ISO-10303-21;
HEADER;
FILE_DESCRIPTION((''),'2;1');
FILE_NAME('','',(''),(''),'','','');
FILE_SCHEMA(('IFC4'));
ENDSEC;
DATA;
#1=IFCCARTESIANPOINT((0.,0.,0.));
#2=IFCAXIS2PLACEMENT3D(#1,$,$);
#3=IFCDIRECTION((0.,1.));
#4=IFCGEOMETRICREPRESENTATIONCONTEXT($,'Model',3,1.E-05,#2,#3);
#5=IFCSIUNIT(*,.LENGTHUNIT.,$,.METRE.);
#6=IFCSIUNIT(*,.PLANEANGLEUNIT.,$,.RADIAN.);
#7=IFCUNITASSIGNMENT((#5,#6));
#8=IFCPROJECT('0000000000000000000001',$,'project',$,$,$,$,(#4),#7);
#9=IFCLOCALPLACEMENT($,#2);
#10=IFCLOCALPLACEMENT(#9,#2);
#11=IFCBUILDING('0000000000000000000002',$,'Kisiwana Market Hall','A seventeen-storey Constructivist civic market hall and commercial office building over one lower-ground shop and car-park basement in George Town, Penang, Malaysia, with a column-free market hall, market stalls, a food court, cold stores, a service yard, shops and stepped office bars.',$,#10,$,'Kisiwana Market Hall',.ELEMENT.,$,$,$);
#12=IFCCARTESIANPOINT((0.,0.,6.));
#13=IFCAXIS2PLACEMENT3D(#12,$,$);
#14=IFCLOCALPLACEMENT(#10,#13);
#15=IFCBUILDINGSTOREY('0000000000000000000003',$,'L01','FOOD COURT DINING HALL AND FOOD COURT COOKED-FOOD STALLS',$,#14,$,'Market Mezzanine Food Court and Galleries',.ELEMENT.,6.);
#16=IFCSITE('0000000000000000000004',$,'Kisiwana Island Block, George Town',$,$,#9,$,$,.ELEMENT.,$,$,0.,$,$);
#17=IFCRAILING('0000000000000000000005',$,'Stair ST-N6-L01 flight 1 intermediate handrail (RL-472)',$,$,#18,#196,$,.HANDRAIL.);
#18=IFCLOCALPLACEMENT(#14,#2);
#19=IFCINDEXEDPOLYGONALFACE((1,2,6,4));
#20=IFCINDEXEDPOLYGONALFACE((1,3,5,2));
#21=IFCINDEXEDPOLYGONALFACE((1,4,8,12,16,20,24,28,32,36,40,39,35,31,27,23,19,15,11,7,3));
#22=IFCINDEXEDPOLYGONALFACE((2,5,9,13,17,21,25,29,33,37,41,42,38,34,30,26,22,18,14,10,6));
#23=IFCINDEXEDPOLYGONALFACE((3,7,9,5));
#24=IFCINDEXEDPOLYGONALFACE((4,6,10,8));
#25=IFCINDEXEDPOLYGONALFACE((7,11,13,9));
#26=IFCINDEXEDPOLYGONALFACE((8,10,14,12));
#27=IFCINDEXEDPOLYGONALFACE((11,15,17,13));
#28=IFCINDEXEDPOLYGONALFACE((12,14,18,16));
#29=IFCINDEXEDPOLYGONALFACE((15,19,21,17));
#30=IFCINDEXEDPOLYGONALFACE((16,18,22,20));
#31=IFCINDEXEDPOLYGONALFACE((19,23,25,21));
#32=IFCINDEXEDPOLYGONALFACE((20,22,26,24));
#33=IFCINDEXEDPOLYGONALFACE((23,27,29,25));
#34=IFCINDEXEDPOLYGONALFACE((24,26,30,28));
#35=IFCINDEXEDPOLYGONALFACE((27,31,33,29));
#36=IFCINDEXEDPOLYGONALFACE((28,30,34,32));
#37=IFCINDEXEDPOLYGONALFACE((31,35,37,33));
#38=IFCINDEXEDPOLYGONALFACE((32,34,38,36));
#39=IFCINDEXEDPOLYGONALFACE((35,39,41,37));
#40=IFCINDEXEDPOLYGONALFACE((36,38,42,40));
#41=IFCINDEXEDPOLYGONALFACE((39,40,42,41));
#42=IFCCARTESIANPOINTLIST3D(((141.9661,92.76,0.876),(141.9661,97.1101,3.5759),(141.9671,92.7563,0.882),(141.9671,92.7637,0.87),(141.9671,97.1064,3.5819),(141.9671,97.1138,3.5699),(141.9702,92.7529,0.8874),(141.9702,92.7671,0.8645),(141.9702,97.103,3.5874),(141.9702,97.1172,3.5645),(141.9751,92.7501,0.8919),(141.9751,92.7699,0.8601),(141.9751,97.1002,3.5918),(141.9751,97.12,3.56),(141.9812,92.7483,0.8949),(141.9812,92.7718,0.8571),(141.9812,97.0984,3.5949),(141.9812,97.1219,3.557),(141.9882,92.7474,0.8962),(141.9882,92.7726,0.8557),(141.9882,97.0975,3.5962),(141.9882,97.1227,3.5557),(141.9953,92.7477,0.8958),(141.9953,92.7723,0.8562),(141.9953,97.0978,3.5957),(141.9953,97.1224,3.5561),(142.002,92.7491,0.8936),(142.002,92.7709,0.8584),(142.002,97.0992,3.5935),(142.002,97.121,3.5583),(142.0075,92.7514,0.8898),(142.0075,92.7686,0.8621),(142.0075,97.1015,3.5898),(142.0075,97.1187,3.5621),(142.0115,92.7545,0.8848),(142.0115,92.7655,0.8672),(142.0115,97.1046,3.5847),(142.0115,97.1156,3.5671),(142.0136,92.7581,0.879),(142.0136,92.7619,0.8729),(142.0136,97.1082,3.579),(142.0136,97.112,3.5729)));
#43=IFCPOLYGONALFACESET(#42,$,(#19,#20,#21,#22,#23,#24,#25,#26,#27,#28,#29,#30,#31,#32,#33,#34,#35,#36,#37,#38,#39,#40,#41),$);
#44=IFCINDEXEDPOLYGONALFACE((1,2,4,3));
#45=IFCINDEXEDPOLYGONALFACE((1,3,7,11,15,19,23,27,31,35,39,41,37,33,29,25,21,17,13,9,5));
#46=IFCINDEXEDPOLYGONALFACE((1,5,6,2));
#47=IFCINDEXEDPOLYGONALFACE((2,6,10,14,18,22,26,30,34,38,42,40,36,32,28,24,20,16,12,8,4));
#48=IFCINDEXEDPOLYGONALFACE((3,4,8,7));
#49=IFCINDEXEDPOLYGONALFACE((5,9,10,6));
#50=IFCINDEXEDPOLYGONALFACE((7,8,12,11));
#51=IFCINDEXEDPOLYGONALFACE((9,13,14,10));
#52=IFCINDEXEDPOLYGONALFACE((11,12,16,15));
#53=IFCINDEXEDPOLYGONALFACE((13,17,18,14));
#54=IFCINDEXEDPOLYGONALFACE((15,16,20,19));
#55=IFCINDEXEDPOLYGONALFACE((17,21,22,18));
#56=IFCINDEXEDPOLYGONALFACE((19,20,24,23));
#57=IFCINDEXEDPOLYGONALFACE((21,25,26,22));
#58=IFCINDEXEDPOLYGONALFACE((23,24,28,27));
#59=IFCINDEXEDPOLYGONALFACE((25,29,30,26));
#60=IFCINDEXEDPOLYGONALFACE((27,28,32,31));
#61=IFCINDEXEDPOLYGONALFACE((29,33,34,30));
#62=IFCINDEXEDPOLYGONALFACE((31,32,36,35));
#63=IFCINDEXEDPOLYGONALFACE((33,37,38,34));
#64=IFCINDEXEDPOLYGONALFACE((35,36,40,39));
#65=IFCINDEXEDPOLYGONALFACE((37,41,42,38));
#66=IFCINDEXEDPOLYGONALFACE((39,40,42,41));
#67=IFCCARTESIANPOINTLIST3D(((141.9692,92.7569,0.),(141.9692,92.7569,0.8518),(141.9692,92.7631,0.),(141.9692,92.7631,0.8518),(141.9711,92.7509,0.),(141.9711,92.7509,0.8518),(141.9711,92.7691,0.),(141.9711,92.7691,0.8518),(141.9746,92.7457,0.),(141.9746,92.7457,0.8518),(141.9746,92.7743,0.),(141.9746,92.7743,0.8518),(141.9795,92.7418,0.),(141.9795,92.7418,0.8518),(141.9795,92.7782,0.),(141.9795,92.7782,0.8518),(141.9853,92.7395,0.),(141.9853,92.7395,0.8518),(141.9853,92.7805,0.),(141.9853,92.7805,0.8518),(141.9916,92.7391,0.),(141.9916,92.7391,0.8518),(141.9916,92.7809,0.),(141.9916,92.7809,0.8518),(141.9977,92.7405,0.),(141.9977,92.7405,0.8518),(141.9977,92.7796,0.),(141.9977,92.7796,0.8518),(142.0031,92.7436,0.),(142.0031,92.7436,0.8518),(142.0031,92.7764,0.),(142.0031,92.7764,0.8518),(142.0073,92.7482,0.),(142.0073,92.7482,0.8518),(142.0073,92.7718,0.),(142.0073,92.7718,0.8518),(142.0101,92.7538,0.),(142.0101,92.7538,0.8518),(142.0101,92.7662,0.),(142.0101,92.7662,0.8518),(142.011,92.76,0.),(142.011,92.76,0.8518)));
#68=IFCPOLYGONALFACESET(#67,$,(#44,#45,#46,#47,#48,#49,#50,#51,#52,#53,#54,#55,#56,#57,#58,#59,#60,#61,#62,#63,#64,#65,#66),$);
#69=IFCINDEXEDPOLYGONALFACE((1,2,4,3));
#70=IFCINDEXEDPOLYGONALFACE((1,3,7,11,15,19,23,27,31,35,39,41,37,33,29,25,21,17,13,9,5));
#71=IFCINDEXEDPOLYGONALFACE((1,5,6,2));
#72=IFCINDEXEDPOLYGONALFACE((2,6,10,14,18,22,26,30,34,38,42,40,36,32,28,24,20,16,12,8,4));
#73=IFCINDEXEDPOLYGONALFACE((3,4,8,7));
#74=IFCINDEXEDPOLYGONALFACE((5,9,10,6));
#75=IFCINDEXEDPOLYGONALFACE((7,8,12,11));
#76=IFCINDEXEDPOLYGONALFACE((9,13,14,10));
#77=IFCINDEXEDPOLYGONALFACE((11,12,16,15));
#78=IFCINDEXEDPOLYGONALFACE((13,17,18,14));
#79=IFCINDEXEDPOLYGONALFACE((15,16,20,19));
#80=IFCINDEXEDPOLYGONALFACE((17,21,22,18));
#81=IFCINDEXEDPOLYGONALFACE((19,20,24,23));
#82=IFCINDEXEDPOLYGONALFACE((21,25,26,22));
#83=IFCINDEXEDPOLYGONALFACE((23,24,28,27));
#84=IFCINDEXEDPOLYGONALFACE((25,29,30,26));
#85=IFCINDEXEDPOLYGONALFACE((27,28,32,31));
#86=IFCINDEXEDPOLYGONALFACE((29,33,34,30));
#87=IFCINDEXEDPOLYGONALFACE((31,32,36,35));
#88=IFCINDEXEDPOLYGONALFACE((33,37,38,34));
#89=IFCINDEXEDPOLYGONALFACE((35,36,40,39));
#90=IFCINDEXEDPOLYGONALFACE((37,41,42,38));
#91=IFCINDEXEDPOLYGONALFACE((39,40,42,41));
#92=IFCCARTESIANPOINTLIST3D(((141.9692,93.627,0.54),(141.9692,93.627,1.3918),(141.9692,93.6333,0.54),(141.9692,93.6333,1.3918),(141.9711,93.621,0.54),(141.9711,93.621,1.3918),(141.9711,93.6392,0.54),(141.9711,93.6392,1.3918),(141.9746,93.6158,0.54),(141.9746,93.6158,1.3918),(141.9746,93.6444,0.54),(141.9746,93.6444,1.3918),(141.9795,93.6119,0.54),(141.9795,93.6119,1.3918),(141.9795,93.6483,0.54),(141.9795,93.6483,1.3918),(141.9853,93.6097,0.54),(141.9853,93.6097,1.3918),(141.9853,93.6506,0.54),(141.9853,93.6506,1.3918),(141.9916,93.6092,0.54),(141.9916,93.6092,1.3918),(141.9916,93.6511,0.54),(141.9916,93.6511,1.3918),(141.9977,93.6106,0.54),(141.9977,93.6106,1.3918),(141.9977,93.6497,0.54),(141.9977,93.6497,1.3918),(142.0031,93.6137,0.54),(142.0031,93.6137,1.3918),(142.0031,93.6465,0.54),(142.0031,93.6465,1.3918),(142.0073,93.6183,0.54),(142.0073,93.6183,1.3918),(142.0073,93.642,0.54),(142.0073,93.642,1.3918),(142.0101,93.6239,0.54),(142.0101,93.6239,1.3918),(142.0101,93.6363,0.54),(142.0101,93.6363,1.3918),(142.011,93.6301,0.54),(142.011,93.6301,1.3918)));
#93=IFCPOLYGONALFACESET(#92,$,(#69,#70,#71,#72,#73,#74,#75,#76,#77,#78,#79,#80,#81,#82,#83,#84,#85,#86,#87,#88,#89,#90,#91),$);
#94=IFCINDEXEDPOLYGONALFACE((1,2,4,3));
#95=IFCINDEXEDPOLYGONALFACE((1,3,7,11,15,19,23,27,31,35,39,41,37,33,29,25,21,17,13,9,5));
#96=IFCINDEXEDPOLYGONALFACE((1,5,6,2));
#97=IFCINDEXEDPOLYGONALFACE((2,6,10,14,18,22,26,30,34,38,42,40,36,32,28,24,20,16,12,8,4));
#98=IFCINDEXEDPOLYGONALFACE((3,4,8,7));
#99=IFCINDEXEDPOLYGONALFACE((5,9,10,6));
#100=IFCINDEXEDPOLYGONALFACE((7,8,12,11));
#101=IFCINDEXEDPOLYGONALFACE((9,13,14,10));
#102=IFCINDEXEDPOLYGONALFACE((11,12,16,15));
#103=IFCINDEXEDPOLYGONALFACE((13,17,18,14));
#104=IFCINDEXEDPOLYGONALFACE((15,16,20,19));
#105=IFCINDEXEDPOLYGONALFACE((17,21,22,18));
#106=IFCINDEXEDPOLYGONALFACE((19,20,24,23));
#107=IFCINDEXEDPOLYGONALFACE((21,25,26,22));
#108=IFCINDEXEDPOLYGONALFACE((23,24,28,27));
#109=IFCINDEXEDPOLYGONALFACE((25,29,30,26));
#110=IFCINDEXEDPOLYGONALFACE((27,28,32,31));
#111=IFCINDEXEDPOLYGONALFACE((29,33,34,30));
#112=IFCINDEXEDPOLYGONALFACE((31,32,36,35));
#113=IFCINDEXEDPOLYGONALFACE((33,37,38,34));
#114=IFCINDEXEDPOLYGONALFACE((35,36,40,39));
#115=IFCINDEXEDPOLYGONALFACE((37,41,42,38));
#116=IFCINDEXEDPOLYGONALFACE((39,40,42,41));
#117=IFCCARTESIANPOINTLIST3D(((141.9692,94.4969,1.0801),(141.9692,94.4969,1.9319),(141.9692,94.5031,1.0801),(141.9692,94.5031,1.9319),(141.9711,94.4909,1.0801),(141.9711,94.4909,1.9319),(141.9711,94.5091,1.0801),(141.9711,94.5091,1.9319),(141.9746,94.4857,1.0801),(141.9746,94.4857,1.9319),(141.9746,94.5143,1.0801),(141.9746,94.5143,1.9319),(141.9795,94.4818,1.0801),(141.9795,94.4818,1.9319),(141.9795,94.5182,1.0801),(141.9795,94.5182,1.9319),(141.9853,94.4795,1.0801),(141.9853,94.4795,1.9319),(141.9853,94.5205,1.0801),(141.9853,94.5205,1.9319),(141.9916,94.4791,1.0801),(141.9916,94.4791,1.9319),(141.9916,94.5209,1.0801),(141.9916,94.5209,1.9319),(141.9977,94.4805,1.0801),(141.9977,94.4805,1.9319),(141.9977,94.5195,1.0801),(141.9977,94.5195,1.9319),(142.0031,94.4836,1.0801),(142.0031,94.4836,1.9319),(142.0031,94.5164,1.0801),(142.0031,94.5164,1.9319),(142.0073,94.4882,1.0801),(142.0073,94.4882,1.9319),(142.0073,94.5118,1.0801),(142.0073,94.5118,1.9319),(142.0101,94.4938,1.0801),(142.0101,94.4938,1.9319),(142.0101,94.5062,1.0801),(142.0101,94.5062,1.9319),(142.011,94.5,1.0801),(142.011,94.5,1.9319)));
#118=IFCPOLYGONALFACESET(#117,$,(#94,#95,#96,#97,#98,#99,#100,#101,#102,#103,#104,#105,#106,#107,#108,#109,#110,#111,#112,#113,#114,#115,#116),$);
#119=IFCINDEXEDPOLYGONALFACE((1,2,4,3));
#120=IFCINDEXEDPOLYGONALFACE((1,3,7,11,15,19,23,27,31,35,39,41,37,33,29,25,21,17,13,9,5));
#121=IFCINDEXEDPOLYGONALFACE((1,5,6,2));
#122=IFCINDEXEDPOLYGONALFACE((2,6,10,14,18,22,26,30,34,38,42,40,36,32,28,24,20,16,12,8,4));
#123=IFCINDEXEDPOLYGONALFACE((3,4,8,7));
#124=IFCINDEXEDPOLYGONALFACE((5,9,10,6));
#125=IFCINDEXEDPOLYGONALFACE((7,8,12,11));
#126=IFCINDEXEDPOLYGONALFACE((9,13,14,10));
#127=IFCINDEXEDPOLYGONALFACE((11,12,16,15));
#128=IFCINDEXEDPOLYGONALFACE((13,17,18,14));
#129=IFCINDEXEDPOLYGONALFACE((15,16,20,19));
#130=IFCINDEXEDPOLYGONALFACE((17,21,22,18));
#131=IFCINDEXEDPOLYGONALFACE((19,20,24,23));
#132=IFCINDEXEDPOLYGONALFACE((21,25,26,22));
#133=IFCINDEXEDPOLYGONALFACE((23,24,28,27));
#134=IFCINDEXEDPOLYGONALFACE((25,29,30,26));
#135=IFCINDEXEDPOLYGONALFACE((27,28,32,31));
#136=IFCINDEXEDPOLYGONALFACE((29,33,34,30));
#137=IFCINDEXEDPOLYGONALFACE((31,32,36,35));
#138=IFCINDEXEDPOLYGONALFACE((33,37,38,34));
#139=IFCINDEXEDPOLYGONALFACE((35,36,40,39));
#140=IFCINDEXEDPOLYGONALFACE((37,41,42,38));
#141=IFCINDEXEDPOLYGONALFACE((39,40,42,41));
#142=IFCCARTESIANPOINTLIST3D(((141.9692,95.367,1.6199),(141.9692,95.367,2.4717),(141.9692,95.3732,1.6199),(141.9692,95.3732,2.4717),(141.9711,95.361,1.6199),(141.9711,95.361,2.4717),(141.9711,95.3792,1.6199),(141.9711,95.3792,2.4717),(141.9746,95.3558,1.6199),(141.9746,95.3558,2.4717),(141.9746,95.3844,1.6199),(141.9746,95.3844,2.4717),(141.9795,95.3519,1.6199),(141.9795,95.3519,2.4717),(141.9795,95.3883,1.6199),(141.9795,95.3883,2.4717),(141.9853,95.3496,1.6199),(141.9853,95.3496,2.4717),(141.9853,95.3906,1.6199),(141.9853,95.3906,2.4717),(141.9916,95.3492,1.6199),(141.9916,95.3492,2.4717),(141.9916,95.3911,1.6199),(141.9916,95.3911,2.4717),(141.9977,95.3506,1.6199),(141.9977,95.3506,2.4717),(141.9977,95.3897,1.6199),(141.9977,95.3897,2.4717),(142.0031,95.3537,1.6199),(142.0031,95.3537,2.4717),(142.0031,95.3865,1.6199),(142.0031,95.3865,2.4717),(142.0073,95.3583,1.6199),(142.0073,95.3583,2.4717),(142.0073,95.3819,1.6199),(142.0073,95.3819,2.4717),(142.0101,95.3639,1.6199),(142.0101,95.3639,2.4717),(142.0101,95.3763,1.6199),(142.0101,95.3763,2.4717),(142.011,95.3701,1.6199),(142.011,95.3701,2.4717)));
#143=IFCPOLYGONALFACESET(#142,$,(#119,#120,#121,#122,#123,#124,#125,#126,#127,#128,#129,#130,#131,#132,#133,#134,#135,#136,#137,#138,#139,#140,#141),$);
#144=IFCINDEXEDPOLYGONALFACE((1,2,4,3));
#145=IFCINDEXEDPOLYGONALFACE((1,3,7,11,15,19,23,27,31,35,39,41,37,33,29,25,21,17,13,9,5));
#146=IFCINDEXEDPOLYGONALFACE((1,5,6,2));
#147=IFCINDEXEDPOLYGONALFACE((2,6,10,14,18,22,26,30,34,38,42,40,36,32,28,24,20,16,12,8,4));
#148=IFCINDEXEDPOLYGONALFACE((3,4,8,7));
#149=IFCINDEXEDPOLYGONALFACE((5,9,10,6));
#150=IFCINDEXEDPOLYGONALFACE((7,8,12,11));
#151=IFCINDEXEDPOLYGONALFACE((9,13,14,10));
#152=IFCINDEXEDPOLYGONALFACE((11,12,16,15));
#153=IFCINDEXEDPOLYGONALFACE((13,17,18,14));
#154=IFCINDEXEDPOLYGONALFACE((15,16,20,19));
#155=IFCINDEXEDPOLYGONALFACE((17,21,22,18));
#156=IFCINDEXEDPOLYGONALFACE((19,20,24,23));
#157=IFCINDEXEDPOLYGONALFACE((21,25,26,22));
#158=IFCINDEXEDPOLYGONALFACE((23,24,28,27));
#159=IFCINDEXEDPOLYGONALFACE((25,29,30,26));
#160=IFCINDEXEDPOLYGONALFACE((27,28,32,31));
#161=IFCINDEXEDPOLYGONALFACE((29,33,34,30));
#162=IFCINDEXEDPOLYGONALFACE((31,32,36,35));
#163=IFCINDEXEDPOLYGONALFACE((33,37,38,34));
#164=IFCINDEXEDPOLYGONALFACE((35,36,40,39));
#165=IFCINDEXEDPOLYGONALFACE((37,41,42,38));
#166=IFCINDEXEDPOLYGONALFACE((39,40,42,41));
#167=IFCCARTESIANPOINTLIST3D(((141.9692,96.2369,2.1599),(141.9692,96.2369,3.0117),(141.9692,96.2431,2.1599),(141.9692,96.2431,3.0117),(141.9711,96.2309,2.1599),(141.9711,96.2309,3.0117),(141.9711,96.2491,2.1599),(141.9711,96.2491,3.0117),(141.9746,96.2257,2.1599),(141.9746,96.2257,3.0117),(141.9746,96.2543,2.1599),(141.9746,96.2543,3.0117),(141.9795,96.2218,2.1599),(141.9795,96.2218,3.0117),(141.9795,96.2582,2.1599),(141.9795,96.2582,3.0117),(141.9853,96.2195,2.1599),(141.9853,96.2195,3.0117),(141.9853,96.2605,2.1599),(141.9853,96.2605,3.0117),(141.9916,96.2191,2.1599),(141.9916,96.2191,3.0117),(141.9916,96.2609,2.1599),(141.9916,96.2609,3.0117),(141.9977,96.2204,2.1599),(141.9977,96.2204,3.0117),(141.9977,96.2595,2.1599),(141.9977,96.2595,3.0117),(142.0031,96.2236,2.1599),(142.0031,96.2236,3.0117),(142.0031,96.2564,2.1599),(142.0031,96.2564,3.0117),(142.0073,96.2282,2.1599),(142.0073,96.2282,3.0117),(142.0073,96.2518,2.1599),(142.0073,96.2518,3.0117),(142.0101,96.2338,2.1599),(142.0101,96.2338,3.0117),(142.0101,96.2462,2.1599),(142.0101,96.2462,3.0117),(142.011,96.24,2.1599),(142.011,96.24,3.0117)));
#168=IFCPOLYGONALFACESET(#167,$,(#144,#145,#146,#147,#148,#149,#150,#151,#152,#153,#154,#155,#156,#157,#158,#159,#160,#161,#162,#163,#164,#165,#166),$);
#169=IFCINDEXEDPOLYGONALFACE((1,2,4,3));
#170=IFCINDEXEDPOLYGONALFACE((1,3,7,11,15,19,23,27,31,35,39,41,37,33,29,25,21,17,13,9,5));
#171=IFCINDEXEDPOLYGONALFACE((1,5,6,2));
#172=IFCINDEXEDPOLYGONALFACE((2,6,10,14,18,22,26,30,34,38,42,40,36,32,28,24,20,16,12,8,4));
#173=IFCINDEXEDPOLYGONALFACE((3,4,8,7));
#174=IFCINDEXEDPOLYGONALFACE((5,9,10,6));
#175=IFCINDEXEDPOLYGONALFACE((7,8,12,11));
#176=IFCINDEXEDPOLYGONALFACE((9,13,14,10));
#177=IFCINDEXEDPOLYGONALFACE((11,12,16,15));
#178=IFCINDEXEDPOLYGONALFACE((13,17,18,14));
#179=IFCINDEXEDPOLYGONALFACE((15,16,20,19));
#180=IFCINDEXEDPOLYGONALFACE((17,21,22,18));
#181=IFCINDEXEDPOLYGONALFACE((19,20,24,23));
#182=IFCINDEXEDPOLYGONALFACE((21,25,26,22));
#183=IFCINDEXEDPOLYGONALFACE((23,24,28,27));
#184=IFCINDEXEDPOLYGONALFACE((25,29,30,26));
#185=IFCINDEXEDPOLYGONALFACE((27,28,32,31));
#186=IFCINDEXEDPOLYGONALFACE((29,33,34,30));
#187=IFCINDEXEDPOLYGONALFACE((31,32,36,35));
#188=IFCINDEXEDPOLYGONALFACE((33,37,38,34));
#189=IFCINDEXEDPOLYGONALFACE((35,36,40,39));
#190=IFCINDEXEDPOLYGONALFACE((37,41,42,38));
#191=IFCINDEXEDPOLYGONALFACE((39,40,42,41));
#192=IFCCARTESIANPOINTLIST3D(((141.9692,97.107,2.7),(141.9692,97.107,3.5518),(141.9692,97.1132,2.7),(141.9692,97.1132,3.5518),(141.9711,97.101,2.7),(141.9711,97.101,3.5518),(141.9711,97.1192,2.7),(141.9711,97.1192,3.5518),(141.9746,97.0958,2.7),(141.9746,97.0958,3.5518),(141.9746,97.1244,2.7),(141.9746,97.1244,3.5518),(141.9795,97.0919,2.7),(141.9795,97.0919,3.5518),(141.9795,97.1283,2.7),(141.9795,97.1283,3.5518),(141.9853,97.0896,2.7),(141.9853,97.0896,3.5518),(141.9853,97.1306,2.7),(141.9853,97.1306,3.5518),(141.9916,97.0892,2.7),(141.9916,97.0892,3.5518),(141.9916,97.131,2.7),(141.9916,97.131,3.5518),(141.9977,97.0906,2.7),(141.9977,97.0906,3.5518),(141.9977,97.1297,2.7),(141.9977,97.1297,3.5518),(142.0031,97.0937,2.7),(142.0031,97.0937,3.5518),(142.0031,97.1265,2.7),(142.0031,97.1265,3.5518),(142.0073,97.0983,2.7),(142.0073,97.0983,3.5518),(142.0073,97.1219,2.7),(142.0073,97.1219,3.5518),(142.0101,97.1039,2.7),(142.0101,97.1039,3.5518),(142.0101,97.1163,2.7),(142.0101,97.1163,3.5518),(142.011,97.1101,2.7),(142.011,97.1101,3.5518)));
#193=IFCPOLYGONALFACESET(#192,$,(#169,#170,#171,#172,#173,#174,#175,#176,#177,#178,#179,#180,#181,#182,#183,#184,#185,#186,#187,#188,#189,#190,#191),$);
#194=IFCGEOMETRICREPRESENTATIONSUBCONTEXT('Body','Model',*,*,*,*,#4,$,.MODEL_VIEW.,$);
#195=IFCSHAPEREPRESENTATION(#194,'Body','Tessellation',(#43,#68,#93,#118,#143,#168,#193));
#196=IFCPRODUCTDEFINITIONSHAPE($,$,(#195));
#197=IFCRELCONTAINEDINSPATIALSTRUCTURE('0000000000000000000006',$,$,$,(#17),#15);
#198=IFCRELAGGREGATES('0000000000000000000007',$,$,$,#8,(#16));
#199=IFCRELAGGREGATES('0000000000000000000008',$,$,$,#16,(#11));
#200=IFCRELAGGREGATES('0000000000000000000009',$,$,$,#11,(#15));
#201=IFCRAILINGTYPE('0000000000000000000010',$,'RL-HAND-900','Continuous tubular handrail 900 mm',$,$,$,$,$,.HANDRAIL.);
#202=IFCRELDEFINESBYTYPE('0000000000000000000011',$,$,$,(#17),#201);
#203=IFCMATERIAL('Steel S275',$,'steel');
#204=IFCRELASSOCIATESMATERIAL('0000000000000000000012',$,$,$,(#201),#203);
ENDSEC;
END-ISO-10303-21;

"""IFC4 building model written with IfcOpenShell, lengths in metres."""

from ifc_helpers import new_model, si_unit, direction, frame, origin, origin_2d, place, context, subcontext, project, spatial, circle, extrude, material, type_object, element, save


model = new_model("IFC4")

# Units and contexts
model_context = context("Model", 3, precision=1e-05, world=origin(), true_north=direction((0.0, 1.0)))
body_context = subcontext(model_context, "Body", "Model", "MODEL_VIEW")
ifc_project = project(units=[si_unit("LENGTHUNIT", "METRE"), si_unit("PLANEANGLEUNIT", "RADIAN")], contexts=[model_context])

# Site, building, storey
site_placement = place(None, origin())
site = spatial("IfcSite", under=ifc_project, at=site_placement, Name="Kisiwana Island Block, George Town", CompositionType="ELEMENT", RefElevation=0.0)
building_placement = place(site_placement, origin())
building = spatial("IfcBuilding", under=site, at=building_placement, Name="Kisiwana Market Hall", Description="A seventeen-storey Constructivist civic market hall and commercial office building over one lower-ground shop and car-park basement in George Town, Penang, Malaysia, with a column-free market hall, market stalls, a food court, cold stores, a service yard, shops and stepped office bars.", LongName="Kisiwana Market Hall", CompositionType="ELEMENT")
storey_placement = place(building_placement, frame((0.0, 0.0, 6.0)))
storey = spatial("IfcBuildingStorey", under=building, at=storey_placement, Name="L01", Description="FOOD COURT DINING HALL AND FOOD COURT COOKED-FOOD STALLS", LongName="Market Mezzanine Food Court and Galleries", CompositionType="ELEMENT", Elevation=6.0)

# Railing
ifc_material_1 = material(Name="Steel S275", Category="steel")
railing_type_1 = type_object("IfcRailingType", Name="RL-HAND-900", Description="Continuous tubular handrail 900 mm", PredefinedType="HANDRAIL", material=ifc_material_1)
railing_1_placement = place(storey_placement, frame((141.99, 92.76, 0.0)))
element("IfcRailing", 1, at=railing_1_placement, inside=storey, type_object=railing_type_1, Name="Stair ST-N6-L01 flight 1 intermediate handrail (RL-472)", PredefinedType="HANDRAIL", context=body_context, shape_type="SweptSolid", body=[
    extrude(circle(Radius=0.0239, at=origin_2d()), frame((0.0, 0.0, 0.876), z_axis=(0.0, 0.84965, 0.527347), x_axis=(-1.0, 0.0, 0.0)), (0.0, 0.0, 1.0), 5.1199),
    extrude(circle(Radius=0.021, at=origin_2d()), origin(), (0.0, 0.0, 1.0), 0.8518),
    extrude(circle(Radius=0.021, at=origin_2d()), frame((0.0, 0.8701, 0.54)), (0.0, 0.0, 1.0), 0.8518),
    extrude(circle(Radius=0.021, at=origin_2d()), frame((0.0, 1.74, 1.0801)), (0.0, 0.0, 1.0), 0.8518),
    extrude(circle(Radius=0.021, at=origin_2d()), frame((0.0, 2.6101, 1.6199)), (0.0, 0.0, 1.0), 0.8518),
    extrude(circle(Radius=0.021, at=origin_2d()), frame((0.0, 3.48, 2.1599)), (0.0, 0.0, 1.0), 0.8518),
    extrude(circle(Radius=0.021, at=origin_2d()), frame((0.0, 4.3501, 2.7)), (0.0, 0.0, 1.0), 0.8518),
])

save(model, "model.ifc")
